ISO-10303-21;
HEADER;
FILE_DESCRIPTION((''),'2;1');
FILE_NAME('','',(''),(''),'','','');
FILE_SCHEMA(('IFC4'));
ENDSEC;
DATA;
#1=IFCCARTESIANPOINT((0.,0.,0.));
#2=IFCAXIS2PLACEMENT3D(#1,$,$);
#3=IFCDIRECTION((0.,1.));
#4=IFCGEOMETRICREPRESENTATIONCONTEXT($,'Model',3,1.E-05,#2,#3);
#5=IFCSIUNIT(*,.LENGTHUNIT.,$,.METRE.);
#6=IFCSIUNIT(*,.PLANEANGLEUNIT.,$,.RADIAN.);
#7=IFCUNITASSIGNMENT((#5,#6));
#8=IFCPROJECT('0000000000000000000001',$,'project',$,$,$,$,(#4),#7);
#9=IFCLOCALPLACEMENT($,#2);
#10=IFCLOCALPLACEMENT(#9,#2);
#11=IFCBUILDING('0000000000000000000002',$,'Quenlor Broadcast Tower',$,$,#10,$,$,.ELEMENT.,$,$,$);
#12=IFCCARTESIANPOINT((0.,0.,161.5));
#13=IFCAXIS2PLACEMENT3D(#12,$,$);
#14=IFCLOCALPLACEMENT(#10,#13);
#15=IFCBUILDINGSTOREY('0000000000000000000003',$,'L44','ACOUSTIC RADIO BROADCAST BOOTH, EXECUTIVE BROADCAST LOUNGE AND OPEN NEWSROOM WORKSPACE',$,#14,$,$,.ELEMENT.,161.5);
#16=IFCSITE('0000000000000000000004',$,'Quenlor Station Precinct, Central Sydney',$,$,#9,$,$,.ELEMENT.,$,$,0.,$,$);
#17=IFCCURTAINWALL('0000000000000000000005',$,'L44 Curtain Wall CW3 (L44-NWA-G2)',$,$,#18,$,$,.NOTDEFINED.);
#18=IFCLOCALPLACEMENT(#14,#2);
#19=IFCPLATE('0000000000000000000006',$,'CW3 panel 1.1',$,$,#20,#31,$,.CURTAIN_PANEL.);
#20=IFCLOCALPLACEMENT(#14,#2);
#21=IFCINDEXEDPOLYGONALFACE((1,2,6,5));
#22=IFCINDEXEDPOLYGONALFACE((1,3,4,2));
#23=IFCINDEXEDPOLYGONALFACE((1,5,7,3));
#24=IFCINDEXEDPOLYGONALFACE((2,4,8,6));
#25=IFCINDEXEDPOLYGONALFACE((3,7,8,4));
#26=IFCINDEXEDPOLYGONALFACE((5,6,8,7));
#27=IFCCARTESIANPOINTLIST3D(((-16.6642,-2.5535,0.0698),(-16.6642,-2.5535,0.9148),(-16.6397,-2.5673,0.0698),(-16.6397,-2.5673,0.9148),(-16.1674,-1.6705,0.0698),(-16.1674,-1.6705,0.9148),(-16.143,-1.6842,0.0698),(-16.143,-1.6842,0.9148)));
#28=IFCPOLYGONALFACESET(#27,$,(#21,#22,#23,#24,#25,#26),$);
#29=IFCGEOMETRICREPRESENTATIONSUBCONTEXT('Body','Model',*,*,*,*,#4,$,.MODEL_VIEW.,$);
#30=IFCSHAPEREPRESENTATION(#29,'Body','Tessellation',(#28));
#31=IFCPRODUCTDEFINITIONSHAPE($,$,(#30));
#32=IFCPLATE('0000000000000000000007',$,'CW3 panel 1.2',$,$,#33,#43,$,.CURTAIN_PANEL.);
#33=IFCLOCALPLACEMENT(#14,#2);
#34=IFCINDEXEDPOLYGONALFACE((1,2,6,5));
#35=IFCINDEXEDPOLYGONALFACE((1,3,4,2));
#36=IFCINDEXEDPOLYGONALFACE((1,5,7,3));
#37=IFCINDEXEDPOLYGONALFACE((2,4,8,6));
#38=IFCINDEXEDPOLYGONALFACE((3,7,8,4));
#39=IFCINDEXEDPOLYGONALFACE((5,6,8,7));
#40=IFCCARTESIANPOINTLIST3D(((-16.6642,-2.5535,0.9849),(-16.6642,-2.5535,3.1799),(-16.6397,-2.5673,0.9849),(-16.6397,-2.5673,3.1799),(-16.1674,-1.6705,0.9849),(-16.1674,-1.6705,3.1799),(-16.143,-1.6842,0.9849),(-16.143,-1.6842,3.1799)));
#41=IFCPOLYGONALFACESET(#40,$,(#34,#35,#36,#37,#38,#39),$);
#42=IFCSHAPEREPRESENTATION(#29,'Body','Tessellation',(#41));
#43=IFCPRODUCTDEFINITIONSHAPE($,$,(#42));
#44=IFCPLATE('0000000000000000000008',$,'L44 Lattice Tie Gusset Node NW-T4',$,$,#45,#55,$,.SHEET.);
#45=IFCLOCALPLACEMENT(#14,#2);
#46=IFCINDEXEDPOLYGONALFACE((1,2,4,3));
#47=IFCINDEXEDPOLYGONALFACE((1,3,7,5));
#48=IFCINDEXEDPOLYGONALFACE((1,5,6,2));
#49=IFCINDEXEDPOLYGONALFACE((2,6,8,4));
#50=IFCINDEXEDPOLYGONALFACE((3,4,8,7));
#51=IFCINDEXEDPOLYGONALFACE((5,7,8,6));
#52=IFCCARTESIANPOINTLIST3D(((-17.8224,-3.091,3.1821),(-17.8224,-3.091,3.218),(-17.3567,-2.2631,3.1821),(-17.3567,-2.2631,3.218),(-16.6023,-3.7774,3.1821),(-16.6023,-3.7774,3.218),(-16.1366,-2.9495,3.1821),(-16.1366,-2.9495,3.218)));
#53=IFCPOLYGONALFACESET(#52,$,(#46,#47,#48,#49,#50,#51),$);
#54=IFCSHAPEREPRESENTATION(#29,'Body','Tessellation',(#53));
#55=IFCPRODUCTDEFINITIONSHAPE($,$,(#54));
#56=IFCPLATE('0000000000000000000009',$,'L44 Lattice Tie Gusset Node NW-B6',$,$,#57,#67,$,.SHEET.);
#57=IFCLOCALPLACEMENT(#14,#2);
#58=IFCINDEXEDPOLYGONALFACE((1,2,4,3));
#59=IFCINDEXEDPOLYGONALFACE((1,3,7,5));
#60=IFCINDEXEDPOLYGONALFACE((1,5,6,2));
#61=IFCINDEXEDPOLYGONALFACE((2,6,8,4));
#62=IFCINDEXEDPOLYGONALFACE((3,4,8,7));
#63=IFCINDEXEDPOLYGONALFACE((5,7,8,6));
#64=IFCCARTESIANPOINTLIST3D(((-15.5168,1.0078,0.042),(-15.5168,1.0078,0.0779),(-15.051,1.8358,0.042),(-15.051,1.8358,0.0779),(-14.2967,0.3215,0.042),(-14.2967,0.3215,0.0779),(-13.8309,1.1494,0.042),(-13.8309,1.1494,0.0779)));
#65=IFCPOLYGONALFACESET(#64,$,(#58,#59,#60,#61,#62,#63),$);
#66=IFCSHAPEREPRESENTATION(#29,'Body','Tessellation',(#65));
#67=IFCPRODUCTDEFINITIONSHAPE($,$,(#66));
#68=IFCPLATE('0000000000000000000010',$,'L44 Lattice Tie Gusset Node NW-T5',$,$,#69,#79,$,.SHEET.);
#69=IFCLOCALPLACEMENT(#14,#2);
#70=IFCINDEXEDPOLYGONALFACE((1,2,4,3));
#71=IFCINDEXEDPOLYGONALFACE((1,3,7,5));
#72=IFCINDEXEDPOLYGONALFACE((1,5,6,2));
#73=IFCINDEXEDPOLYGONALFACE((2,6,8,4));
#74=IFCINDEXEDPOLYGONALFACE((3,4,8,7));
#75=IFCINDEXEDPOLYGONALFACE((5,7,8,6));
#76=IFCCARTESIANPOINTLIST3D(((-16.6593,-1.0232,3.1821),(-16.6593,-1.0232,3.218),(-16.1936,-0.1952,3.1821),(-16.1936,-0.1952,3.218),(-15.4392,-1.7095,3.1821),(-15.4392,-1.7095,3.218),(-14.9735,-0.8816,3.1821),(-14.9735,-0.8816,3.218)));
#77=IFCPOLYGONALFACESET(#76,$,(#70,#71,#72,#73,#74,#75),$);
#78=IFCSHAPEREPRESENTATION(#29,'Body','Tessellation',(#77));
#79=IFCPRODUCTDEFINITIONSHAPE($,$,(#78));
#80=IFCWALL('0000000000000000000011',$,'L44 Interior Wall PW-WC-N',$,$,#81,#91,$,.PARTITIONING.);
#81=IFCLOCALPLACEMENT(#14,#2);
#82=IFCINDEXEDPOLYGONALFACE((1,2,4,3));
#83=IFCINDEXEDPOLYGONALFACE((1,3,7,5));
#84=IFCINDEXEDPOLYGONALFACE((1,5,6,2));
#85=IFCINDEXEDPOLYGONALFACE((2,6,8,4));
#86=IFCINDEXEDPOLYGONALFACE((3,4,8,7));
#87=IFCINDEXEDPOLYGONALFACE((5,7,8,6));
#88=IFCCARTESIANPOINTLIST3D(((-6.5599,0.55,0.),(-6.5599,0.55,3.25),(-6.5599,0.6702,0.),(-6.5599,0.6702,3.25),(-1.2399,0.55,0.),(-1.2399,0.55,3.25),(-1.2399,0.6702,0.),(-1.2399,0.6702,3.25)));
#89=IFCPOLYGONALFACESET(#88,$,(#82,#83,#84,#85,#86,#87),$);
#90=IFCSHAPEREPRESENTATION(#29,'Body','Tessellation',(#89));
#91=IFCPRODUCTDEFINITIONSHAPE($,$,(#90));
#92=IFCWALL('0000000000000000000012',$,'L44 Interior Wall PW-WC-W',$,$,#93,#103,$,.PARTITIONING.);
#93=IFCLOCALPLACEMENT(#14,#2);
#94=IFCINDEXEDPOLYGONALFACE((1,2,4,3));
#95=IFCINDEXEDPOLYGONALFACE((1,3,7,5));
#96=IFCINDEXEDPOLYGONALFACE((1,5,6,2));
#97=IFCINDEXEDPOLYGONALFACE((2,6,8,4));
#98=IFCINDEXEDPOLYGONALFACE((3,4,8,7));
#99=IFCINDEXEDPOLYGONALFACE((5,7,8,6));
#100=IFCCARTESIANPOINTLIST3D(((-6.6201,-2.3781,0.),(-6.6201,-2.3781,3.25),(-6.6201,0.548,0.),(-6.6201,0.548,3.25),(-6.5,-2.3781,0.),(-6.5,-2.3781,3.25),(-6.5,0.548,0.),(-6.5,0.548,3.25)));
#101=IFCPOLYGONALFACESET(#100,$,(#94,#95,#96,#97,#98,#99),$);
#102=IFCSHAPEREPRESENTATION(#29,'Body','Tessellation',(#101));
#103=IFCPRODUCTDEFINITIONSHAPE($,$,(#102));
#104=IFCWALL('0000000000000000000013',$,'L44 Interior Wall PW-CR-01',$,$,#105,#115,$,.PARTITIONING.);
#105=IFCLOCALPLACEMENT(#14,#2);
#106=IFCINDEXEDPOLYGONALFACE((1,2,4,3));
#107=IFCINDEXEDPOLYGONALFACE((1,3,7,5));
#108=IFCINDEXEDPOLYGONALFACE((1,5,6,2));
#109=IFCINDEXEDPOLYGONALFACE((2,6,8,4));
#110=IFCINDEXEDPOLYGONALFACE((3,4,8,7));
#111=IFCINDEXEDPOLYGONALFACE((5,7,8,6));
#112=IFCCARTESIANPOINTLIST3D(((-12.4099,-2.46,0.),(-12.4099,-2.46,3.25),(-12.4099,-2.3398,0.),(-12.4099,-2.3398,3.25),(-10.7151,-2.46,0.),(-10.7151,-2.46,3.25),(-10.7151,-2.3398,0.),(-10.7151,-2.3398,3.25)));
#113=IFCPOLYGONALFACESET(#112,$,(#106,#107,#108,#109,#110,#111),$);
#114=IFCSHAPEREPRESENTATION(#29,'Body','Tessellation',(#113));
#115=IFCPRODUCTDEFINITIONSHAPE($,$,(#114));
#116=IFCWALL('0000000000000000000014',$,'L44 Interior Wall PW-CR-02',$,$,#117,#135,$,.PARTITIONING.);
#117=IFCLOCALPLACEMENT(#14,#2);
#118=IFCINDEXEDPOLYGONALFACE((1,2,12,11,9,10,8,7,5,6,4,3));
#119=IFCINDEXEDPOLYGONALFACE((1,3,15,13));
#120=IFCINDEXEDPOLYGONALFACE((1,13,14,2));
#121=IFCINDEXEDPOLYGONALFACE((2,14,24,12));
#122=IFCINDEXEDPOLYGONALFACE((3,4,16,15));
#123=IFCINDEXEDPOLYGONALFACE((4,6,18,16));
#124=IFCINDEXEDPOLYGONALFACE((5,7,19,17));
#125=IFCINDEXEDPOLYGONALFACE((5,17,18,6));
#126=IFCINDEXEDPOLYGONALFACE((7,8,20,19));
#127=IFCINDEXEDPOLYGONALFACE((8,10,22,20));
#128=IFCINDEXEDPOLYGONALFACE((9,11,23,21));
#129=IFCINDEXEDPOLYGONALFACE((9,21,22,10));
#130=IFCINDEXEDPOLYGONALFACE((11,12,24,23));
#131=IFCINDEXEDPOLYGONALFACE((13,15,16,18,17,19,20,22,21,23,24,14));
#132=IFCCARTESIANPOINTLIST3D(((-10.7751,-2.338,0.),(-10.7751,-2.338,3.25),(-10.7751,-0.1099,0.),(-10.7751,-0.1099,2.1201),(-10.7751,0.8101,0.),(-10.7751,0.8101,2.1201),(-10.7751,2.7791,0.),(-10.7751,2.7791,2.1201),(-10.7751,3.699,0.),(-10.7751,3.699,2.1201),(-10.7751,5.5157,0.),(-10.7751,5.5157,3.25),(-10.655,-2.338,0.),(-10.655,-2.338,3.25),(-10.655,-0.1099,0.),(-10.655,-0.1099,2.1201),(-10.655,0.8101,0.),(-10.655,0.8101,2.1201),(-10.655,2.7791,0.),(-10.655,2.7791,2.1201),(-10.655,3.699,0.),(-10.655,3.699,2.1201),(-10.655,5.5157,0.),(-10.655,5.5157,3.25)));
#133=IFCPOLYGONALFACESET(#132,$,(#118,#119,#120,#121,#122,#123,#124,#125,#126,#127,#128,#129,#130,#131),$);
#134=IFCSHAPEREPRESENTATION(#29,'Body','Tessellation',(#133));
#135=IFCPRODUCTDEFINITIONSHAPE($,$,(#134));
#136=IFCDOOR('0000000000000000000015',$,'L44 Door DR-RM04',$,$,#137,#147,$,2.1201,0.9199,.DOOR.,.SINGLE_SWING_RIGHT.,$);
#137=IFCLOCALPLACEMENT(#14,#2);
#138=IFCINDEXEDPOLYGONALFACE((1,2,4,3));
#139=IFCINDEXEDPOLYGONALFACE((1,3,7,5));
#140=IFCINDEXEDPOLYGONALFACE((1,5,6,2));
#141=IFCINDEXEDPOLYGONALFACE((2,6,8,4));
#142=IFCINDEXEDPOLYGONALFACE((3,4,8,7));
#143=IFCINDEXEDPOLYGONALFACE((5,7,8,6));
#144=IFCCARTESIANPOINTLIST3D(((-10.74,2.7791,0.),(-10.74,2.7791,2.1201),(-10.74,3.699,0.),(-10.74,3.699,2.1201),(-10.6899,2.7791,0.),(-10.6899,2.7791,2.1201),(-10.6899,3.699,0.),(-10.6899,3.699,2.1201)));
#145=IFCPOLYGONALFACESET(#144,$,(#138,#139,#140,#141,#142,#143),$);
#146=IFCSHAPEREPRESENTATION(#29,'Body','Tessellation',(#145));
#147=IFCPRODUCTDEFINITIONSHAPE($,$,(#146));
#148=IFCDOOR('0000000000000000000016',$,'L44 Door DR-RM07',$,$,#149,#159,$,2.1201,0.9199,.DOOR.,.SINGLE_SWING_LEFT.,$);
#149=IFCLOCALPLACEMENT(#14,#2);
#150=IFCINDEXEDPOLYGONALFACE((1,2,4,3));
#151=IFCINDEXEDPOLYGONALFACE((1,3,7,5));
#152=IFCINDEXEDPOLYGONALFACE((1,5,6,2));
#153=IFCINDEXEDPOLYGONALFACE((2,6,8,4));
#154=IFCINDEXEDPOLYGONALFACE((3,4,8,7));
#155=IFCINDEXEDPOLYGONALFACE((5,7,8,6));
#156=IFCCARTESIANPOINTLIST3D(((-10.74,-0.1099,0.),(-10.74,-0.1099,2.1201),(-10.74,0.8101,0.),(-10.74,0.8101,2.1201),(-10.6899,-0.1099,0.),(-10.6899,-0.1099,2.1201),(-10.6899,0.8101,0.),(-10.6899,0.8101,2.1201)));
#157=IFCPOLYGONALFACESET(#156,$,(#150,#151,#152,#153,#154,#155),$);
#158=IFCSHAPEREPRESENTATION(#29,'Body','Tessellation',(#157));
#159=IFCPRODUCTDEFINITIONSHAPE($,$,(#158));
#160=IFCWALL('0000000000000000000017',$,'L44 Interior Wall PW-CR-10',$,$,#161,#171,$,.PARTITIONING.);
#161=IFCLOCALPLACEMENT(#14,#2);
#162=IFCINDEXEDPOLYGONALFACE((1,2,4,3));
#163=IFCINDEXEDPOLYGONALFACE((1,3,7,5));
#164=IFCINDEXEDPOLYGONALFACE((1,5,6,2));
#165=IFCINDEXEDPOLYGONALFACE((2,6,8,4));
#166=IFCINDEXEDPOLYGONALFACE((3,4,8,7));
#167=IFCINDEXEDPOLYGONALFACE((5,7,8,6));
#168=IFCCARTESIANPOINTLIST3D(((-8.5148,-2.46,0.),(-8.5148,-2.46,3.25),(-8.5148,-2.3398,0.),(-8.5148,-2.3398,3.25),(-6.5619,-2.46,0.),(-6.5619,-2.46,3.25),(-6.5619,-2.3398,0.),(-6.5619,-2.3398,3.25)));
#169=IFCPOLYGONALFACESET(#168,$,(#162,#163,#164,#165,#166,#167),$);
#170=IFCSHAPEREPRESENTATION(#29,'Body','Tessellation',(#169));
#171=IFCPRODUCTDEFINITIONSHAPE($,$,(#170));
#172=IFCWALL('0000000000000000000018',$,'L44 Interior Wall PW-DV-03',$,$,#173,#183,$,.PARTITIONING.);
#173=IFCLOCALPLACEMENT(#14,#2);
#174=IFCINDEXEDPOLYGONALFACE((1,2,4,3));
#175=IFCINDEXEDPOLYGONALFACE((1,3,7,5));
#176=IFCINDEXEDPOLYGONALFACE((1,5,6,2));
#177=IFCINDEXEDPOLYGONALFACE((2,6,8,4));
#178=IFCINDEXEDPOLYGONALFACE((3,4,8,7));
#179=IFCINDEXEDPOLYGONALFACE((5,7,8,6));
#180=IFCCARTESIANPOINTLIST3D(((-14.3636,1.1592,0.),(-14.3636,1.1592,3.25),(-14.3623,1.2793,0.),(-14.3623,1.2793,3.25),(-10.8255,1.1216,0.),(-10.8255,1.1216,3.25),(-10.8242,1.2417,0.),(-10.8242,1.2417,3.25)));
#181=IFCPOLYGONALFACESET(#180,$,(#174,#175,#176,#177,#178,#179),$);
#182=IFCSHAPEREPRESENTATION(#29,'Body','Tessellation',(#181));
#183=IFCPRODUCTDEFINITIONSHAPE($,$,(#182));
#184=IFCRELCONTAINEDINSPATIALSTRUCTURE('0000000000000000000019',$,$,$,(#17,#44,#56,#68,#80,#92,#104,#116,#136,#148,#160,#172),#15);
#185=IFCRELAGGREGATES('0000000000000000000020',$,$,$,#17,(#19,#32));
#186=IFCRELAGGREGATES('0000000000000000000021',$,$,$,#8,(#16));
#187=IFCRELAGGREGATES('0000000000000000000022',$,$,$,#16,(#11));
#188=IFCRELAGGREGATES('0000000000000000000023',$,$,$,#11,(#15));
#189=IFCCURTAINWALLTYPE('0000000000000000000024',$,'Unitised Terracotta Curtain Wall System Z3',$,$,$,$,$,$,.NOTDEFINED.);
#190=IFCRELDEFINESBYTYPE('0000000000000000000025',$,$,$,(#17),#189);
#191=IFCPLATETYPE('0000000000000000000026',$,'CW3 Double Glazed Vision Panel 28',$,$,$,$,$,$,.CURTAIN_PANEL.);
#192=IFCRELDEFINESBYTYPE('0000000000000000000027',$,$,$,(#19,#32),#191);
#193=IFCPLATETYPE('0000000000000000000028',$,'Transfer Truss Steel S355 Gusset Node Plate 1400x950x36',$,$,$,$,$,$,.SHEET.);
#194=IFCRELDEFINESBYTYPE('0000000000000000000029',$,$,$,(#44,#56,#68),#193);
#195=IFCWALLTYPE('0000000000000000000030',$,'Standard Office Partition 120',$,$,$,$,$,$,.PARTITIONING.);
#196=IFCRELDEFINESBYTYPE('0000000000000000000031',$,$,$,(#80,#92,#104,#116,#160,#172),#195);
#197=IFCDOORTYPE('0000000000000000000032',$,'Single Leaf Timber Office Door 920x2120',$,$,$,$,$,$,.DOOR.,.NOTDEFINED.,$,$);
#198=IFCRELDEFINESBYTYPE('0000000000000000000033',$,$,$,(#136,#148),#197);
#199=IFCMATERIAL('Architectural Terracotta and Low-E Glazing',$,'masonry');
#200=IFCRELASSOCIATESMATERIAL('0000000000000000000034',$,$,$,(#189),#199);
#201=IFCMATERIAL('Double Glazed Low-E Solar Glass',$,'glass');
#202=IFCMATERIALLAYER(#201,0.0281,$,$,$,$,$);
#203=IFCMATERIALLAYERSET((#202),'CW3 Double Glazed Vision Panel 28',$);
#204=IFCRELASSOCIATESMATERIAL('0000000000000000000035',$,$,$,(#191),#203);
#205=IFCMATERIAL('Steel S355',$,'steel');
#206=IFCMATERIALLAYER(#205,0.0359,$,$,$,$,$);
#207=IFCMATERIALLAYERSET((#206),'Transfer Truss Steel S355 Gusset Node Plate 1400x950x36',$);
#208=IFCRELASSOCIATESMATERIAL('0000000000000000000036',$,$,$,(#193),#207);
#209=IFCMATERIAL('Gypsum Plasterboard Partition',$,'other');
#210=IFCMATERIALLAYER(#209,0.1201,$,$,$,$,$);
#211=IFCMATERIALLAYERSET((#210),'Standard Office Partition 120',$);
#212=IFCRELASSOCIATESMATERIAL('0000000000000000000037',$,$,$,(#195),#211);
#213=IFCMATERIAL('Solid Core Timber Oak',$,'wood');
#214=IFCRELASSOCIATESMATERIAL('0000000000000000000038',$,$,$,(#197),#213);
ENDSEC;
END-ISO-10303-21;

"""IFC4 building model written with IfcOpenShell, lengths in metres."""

from ifc_helpers import new_model, si_unit, direction, frame, frame_2d, origin, origin_2d, place, context, subcontext, project, spatial, rectangle, extrude, material, layer, layer_set, type_object, element, fill, aggregate, save


model = new_model("IFC4")

# Units and contexts
model_context = context("Model", 3, precision=1e-05, world=origin(), true_north=direction((0.0, 1.0)))
body_context = subcontext(model_context, "Body", "Model", "MODEL_VIEW")
ifc_project = project(units=[si_unit("LENGTHUNIT", "METRE"), si_unit("PLANEANGLEUNIT", "RADIAN")], contexts=[model_context])

# Site, building, storey
site_placement = place(None, origin())
site = spatial("IfcSite", under=ifc_project, at=site_placement, Name="Quenlor Station Precinct, Central Sydney", CompositionType="ELEMENT", RefElevation=0.0)
building_placement = place(site_placement, origin())
building = spatial("IfcBuilding", under=site, at=building_placement, Name="Quenlor Broadcast Tower", CompositionType="ELEMENT")
storey_placement = place(building_placement, frame((0.0, 0.0, 161.5)))
storey = spatial("IfcBuildingStorey", under=building, at=storey_placement, Name="L44", Description="ACOUSTIC RADIO BROADCAST BOOTH, EXECUTIVE BROADCAST LOUNGE AND OPEN NEWSROOM WORKSPACE", CompositionType="ELEMENT", Elevation=161.5)

# Curtain wall
ifc_material_1 = material(Name="Architectural Terracotta and Low-E Glazing", Category="masonry")
curtain_wall_type = type_object("IfcCurtainWallType", Name="Unitised Terracotta Curtain Wall System Z3", PredefinedType="NOTDEFINED", material=ifc_material_1)
curtain_wall_placement = place(storey_placement, origin())
curtain_wall = element("IfcCurtainWall", 1, at=curtain_wall_placement, inside=storey, type_object=curtain_wall_type, Name="L44 Curtain Wall CW3 (L44-NWA-G2)", PredefinedType="NOTDEFINED")

# Plates
ifc_material_2 = material(Name="Double Glazed Low-E Solar Glass", Category="glass")
ifc_layer_1 = layer(ifc_material_2, 0.0281)
ifc_layer_set_1 = layer_set([ifc_layer_1], Name="CW3 Double Glazed Vision Panel 28")
plate_type_1 = type_object("IfcPlateType", Name="CW3 Double Glazed Vision Panel 28", PredefinedType="CURTAIN_PANEL", material=ifc_layer_set_1)
plate_1_placement = place(storey_placement, frame((-16.4036, -2.1189, 0.0698), z_axis=(0.0, 0.0, 1.0), x_axis=(0.490253, 0.87158, 0.0)))
plate_1 = element("IfcPlate", 2, at=plate_1_placement, type_object=plate_type_1, Name="CW3 panel 1.1", PredefinedType="CURTAIN_PANEL", context=body_context, shape_type="SweptSolid", body=[
    extrude(rectangle(XDim=1.0132, YDim=0.0281, at=origin_2d()), origin(), (0.0, 0.0, 1.0), 0.845),
])
plate_2_placement = place(storey_placement, frame((-16.4036, -2.1189, 0.9849), z_axis=(0.0, 0.0, 1.0), x_axis=(0.490253, 0.87158, 0.0)))
plate_2 = element("IfcPlate", 3, at=plate_2_placement, type_object=plate_type_1, Name="CW3 panel 1.2", PredefinedType="CURTAIN_PANEL", context=body_context, shape_type="SweptSolid", body=[
    extrude(rectangle(XDim=1.0132, YDim=0.0281, at=origin_2d()), origin(), (0.0, 0.0, 1.0), 2.1951),
])
aggregate(curtain_wall, [plate_1, plate_2])

# Plates
ifc_material_3 = material(Name="Steel S355", Category="steel")
ifc_layer_2 = layer(ifc_material_3, 0.0359)
ifc_layer_set_2 = layer_set([ifc_layer_2], Name="Transfer Truss Steel S355 Gusset Node Plate 1400x950x36")
plate_type_2 = type_object("IfcPlateType", Name="Transfer Truss Steel S355 Gusset Node Plate 1400x950x36", PredefinedType="SHEET", material=ifc_layer_set_2)
for number, where, z_axis, x_axis, name in (
    (4, (-16.9795, -3.0203, 3.1821), (0.0, 0.0, 1.0), (-0.871556, 0.490295, 0.0), "L44 Lattice Tie Gusset Node NW-T4"),
    (5, (-14.6738, 1.0786, 0.042), (0.0, 0.0, 1.0), (-0.871556, 0.490295, 0.0), "L44 Lattice Tie Gusset Node NW-B6"),
    (6, (-15.8164, -0.9524, 3.1821), (0.0, 0.0, 1.0), (-0.871556, 0.490295, 0.0), "L44 Lattice Tie Gusset Node NW-T5"),
):
    element("IfcPlate", number, at=place(storey_placement, frame(where, z_axis=z_axis, x_axis=x_axis)), inside=storey, type_object=plate_type_2, Name=name, PredefinedType="SHEET", context=body_context, shape_type="SweptSolid", body=[
        extrude(rectangle(XDim=1.3999, YDim=0.95, at=origin_2d()), origin(), (0.0, 0.0, 1.0), 0.0359),
    ])

# Shared definitions
ifc_material_4 = material(Name="Gypsum Plasterboard Partition", Category="other")
ifc_layer_3 = layer(ifc_material_4, 0.1201)
ifc_layer_set_3 = layer_set([ifc_layer_3], Name="Standard Office Partition 120")
wall_type_1 = type_object("IfcWallType", Name="Standard Office Partition 120", PredefinedType="PARTITIONING", material=ifc_layer_set_3)

# Walls
wall_1_placement = place(storey_placement, frame((-6.5601, 0.6101, 0.0), z_axis=(0.0, 0.0, 1.0), x_axis=(1.0, 0.0, 0.0)))
element("IfcWall", 7, at=wall_1_placement, inside=storey, type_object=wall_type_1, Name="L44 Interior Wall PW-WC-N", PredefinedType="PARTITIONING", context=body_context, shape_type="SweptSolid", body=[
    extrude(rectangle(XDim=5.3201, YDim=0.1201, at=frame_2d((2.6602, 0.0))), origin(), (0.0, 0.0, 1.0), 3.25),
])
wall_2_placement = place(storey_placement, frame((-6.5601, -2.3779, 0.0), z_axis=(0.0, 0.0, 1.0), x_axis=(0.0, 1.0, 0.0)))
element("IfcWall", 8, at=wall_2_placement, inside=storey, type_object=wall_type_1, Name="L44 Interior Wall PW-WC-W", PredefinedType="PARTITIONING", context=body_context, shape_type="SweptSolid", body=[
    extrude(rectangle(XDim=2.926, YDim=0.1201, at=frame_2d((1.4629, 0.0))), origin(), (0.0, 0.0, 1.0), 3.25),
])
wall_3_placement = place(storey_placement, frame((-12.4099, -2.3999, 0.0), z_axis=(0.0, 0.0, 1.0), x_axis=(1.0, 0.0, 0.0)))
element("IfcWall", 9, at=wall_3_placement, inside=storey, type_object=wall_type_1, Name="L44 Interior Wall PW-CR-01", PredefinedType="PARTITIONING", context=body_context, shape_type="SweptSolid", body=[
    extrude(rectangle(XDim=1.6948, YDim=0.1201, at=frame_2d((0.8474, 0.0))), origin(), (0.0, 0.0, 1.0), 3.25),
])

# Wall, openings, doors
wall_4_placement = place(storey_placement, frame((-10.7151, -2.3379, 0.0), z_axis=(0.0, 0.0, 1.0), x_axis=(0.0, 1.0, 0.0)))
wall_4 = element("IfcWall", 10, at=wall_4_placement, inside=storey, type_object=wall_type_1, Name="L44 Interior Wall PW-CR-02", PredefinedType="PARTITIONING", context=body_context, shape_type="SweptSolid", body=[
    extrude(rectangle(XDim=7.8538, YDim=0.1201, at=frame_2d((3.9268, 0.0))), origin(), (0.0, 0.0, 1.0), 3.25),
])
opening_1_placement = place(wall_4_placement, frame((5.1169, 0.0, 0.0)))
opening_1 = element("IfcOpeningElement", 11, at=opening_1_placement, cuts=wall_4, PredefinedType="OPENING", context=body_context, shape_type="SweptSolid", body=[
    extrude(rectangle(XDim=0.9199, YDim=2.1201, at=frame_2d((0.46, 1.0601))), frame((0.0, 0.0701, 0.0), z_axis=(0.0, -1.0, 0.0), x_axis=(1.0, 0.0, 0.0)), (0.0, 0.0, 1.0), 0.1401),
])
opening_2_placement = place(wall_4_placement, frame((2.228, 0.0, 0.0)))
opening_2 = element("IfcOpeningElement", 12, at=opening_2_placement, cuts=wall_4, PredefinedType="OPENING", context=body_context, shape_type="SweptSolid", body=[
    extrude(rectangle(XDim=0.9199, YDim=2.1201, at=frame_2d((0.46, 1.0601))), frame((0.0, 0.0701, 0.0), z_axis=(0.0, -1.0, 0.0), x_axis=(1.0, 0.0, 0.0)), (0.0, 0.0, 1.0), 0.1401),
])
ifc_material_5 = material(Name="Solid Core Timber Oak", Category="wood")
door_type_1 = type_object("IfcDoorType", Name="Single Leaf Timber Office Door 920x2120", OperationType="NOTDEFINED", PredefinedType="DOOR", material=ifc_material_5)
door_1_placement = place(opening_1_placement, origin())
door_1 = element("IfcDoor", 13, at=door_1_placement, inside=storey, type_object=door_type_1, Name="L44 Door DR-RM04", OperationType="SINGLE_SWING_RIGHT", OverallHeight=2.1201, OverallWidth=0.9199, PredefinedType="DOOR", context=body_context, shape_type="SweptSolid", body=[
    extrude(rectangle(XDim=0.9199, YDim=2.1201, at=frame_2d((0.46, 1.0601))), frame((0.0, 0.0249, 0.0), z_axis=(0.0, -1.0, 0.0), x_axis=(1.0, 0.0, 0.0)), (0.0, 0.0, 1.0), 0.05),
])
fill(opening_1, door_1)
door_2_placement = place(opening_2_placement, origin())
door_2 = element("IfcDoor", 14, at=door_2_placement, inside=storey, type_object=door_type_1, Name="L44 Door DR-RM07", OperationType="SINGLE_SWING_LEFT", OverallHeight=2.1201, OverallWidth=0.9199, PredefinedType="DOOR", context=body_context, shape_type="SweptSolid", body=[
    extrude(rectangle(XDim=0.9199, YDim=2.1201, at=frame_2d((0.46, 1.0601))), frame((0.0, 0.0249, 0.0), z_axis=(0.0, -1.0, 0.0), x_axis=(1.0, 0.0, 0.0)), (0.0, 0.0, 1.0), 0.05),
])
fill(opening_2, door_2)

# Walls
wall_5_placement = place(storey_placement, frame((-8.5149, -2.3999, 0.0), z_axis=(0.0, 0.0, 1.0), x_axis=(1.0, 0.0, 0.0)))
element("IfcWall", 15, at=wall_5_placement, inside=storey, type_object=wall_type_1, Name="L44 Interior Wall PW-CR-10", PredefinedType="PARTITIONING", context=body_context, shape_type="SweptSolid", body=[
    extrude(rectangle(XDim=1.9529, YDim=0.1201, at=frame_2d((0.9766, 0.0))), origin(), (0.0, 0.0, 1.0), 3.25),
])
wall_6_placement = place(storey_placement, frame((-10.825, 1.1816, 0.0), z_axis=(0.0, 0.0, 1.0), x_axis=(-0.999944, 0.010626, 0.0)))
element("IfcWall", 16, at=wall_6_placement, inside=storey, type_object=wall_type_1, Name="L44 Interior Wall PW-DV-03", PredefinedType="PARTITIONING", context=body_context, shape_type="SweptSolid", body=[
    extrude(rectangle(XDim=3.5383, YDim=0.1201, at=frame_2d((1.769, 0.0))), origin(), (0.0, 0.0, 1.0), 3.25),
])

save(model, "model.ifc")
